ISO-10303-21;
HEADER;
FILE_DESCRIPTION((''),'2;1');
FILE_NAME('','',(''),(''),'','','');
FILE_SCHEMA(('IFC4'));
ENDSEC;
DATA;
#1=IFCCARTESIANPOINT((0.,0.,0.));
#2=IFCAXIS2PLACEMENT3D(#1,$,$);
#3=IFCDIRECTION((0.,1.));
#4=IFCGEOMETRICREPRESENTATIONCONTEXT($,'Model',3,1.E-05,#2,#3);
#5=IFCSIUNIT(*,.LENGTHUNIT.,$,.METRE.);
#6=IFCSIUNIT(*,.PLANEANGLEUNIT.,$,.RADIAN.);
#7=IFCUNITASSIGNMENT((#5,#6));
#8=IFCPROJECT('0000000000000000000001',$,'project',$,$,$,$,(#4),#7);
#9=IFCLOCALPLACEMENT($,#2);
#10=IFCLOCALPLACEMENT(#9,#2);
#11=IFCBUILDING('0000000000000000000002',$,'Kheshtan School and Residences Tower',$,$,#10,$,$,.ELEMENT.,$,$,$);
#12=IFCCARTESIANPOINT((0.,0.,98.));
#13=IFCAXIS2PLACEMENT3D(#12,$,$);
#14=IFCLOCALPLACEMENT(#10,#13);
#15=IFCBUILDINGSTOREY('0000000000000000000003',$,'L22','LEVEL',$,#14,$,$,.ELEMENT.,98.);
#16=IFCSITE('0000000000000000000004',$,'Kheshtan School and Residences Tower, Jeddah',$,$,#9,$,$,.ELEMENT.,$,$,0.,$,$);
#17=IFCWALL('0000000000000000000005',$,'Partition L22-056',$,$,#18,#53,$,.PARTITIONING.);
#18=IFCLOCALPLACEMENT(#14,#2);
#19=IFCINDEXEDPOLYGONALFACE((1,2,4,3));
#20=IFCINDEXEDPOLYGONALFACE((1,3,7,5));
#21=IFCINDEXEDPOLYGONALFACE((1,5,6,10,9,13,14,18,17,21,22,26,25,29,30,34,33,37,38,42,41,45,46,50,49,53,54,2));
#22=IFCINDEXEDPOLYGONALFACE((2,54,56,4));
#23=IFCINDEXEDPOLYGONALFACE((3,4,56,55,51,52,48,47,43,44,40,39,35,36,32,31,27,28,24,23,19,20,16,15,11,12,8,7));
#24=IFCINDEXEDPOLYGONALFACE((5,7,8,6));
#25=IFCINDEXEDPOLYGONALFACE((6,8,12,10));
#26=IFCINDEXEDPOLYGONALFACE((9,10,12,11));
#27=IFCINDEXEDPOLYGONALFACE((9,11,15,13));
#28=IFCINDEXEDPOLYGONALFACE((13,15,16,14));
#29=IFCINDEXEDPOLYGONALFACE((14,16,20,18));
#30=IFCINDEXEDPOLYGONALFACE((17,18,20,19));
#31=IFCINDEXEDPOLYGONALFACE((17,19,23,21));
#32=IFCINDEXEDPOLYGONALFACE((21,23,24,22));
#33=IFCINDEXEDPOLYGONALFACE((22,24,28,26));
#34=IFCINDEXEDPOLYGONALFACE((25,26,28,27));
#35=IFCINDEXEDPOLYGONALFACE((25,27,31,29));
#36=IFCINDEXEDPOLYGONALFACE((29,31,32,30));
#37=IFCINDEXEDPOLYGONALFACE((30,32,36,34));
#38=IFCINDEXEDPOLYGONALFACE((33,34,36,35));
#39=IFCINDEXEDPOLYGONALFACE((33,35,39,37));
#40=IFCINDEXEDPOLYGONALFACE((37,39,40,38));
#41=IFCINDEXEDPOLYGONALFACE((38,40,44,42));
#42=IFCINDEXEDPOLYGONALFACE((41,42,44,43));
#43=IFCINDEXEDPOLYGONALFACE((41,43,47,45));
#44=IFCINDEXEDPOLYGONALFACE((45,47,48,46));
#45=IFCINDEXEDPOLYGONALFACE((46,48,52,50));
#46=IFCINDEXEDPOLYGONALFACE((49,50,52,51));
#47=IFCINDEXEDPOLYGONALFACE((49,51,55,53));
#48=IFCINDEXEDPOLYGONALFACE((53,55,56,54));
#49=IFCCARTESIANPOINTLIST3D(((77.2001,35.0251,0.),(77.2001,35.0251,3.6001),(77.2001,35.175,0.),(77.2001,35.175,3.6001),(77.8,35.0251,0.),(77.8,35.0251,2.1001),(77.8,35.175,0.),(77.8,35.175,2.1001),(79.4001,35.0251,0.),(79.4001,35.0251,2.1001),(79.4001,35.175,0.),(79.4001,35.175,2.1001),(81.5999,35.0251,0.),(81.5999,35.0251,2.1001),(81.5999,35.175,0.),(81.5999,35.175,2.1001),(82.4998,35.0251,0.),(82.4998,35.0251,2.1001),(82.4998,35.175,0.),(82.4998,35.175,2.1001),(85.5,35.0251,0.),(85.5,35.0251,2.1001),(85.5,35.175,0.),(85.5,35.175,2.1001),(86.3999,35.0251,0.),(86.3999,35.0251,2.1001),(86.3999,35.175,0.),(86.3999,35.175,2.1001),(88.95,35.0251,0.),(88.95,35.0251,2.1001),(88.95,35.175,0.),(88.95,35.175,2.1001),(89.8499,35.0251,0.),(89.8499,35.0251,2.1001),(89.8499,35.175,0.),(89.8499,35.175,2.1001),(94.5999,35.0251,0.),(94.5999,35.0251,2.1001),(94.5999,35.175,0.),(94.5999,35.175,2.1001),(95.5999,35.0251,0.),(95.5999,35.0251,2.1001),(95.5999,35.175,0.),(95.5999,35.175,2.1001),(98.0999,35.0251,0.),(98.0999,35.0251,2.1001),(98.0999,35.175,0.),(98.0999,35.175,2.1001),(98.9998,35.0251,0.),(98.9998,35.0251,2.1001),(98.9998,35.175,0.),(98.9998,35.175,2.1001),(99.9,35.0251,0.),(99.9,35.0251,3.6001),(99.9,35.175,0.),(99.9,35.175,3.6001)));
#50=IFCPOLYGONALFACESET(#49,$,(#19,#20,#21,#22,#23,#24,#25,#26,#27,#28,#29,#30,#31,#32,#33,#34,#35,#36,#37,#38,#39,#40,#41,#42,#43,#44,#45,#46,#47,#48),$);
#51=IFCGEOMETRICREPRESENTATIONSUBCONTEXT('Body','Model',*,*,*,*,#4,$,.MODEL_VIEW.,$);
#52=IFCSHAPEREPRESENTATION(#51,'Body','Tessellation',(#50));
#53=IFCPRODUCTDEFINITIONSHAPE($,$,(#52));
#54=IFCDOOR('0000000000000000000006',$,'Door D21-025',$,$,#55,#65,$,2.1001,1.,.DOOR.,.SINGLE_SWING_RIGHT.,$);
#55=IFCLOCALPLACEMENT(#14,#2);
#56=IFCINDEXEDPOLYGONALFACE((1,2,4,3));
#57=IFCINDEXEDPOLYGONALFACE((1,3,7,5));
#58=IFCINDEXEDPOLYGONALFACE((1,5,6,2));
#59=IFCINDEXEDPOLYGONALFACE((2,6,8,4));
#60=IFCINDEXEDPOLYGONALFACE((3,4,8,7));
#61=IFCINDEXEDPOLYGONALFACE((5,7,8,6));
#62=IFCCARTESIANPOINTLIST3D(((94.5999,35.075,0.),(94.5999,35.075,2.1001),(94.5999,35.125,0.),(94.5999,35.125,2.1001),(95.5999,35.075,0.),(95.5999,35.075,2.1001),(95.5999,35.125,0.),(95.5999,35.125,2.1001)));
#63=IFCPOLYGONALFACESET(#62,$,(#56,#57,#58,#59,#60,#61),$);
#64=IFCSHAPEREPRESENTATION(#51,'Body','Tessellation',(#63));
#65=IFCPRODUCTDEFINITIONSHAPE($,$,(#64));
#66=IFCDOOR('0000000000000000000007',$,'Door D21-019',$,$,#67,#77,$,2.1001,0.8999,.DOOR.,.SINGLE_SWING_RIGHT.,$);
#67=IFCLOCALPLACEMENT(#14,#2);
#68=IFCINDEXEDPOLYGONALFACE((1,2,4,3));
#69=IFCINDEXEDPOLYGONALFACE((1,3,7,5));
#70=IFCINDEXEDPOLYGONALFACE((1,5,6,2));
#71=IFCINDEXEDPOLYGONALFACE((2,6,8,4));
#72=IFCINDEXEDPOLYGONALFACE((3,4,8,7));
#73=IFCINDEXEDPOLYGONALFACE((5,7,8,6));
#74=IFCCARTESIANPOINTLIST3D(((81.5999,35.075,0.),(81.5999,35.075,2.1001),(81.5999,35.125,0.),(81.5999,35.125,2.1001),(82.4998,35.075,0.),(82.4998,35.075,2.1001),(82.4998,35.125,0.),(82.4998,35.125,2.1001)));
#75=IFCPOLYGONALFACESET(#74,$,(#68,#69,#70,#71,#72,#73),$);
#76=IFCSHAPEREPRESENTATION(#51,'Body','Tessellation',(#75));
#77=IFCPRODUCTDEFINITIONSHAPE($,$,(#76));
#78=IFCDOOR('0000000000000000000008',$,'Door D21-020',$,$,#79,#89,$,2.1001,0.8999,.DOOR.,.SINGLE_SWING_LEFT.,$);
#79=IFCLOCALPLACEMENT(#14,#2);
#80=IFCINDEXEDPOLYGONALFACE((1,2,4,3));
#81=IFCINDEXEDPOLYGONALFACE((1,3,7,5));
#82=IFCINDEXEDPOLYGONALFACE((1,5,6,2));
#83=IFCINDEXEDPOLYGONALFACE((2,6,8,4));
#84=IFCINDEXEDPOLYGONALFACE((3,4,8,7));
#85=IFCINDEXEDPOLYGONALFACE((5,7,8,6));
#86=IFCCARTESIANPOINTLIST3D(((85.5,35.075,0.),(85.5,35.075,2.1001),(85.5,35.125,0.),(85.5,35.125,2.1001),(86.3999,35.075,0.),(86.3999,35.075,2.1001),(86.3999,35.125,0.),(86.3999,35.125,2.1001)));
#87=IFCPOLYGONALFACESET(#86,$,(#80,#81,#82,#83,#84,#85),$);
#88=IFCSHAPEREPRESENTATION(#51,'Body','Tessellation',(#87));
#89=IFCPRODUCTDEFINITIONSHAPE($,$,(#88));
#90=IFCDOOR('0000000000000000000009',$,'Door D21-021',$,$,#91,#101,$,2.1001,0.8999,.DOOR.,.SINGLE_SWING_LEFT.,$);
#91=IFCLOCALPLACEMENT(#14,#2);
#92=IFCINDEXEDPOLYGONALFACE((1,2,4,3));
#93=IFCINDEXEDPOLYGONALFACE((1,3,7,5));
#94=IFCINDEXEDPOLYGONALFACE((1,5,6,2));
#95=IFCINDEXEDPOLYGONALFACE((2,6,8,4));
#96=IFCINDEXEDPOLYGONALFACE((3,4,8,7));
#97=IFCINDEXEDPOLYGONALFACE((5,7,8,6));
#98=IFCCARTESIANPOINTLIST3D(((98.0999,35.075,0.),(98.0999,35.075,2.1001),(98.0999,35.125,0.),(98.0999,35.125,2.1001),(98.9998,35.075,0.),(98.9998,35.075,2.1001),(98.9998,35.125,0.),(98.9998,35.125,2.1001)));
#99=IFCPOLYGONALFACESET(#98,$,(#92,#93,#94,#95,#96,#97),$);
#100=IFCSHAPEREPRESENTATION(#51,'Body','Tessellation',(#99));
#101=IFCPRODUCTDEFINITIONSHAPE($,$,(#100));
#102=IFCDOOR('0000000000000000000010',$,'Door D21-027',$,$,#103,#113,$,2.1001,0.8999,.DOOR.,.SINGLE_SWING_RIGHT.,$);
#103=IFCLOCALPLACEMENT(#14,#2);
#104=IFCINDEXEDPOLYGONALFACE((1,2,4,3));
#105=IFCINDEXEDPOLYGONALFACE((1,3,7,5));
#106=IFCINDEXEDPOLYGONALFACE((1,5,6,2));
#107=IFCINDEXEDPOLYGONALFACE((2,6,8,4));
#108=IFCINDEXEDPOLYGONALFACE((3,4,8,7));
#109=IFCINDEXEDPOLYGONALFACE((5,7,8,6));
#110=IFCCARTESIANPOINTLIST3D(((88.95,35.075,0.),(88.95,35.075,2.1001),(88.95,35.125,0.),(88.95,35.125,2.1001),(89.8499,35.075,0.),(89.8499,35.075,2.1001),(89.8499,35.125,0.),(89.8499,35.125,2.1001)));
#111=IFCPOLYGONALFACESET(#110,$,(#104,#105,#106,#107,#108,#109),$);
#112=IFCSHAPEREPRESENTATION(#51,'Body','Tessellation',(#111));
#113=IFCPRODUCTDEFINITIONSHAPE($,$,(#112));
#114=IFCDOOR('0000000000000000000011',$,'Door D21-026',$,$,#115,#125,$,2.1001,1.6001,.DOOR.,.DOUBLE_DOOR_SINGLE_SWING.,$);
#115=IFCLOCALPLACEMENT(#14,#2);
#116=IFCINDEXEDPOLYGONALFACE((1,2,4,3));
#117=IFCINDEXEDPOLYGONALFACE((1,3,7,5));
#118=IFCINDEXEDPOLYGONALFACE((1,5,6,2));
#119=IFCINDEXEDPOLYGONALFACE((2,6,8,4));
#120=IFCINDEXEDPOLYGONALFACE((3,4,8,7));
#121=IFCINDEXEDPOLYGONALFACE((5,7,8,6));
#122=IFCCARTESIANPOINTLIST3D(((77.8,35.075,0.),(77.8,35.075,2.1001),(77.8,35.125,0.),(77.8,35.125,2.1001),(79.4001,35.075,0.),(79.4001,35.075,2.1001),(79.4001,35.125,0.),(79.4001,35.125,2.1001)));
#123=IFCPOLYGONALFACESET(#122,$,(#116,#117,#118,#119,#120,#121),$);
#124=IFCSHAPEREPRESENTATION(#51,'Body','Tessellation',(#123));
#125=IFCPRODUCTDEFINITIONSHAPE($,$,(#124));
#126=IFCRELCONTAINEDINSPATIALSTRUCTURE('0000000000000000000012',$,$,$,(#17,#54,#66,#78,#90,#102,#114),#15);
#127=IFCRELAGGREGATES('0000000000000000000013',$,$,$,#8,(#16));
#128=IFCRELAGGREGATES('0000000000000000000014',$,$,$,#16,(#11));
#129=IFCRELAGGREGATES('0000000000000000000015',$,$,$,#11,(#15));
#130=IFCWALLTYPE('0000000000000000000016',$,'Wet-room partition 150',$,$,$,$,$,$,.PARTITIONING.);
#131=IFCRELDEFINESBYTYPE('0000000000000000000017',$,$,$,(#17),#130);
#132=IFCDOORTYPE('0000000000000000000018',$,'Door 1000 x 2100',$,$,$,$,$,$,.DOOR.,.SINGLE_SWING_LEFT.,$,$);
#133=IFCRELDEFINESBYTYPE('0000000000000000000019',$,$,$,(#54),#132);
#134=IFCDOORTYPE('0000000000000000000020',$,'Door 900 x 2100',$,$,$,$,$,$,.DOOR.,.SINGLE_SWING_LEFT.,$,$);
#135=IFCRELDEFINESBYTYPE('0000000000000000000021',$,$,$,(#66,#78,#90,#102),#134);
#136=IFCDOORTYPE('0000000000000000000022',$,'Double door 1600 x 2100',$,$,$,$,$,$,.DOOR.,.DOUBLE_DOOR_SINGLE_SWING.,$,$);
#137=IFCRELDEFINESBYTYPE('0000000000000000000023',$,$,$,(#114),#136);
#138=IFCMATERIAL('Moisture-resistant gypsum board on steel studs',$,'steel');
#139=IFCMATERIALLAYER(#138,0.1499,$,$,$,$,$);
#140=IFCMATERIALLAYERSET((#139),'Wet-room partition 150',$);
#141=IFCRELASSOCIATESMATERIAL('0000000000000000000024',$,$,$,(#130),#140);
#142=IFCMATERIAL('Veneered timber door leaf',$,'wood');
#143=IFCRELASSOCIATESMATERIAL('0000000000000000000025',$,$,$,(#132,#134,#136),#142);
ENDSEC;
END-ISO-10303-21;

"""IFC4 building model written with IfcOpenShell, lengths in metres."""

from ifc_helpers import new_model, si_unit, direction, frame, frame_2d, origin, place, context, subcontext, project, spatial, rectangle, extrude, source, transform, mapped, material, layer, layer_set, type_object, element, fill, save


model = new_model("IFC4")

# Units and contexts
model_context = context("Model", 3, precision=1e-05, world=origin(), true_north=direction((0.0, 1.0)))
body_context = subcontext(model_context, "Body", "Model", "MODEL_VIEW")
ifc_project = project(units=[si_unit("LENGTHUNIT", "METRE"), si_unit("PLANEANGLEUNIT", "RADIAN")], contexts=[model_context])

# Site, building, storey
site_placement = place(None, origin())
site = spatial("IfcSite", under=ifc_project, at=site_placement, Name="Kheshtan School and Residences Tower, Jeddah", CompositionType="ELEMENT", RefElevation=0.0)
building_placement = place(site_placement, origin())
building = spatial("IfcBuilding", under=site, at=building_placement, Name="Kheshtan School and Residences Tower", CompositionType="ELEMENT")
storey_placement = place(building_placement, frame((0.0, 0.0, 98.0)))
storey = spatial("IfcBuildingStorey", under=building, at=storey_placement, Name="L22", Description="LEVEL", CompositionType="ELEMENT", Elevation=98.0)

# Wall, openings, doors
ifc_material_1 = material(Name="Moisture-resistant gypsum board on steel studs", Category="steel")
ifc_layer_1 = layer(ifc_material_1, 0.1499)
ifc_layer_set_1 = layer_set([ifc_layer_1], Name="Wet-room partition 150")
wall_type_1 = type_object("IfcWallType", Name="Wet-room partition 150", PredefinedType="PARTITIONING", material=ifc_layer_set_1)
ifc_material_2 = material(Name="Veneered timber door leaf", Category="wood")
wall_1_placement = place(storey_placement, frame((77.2, 35.1001, 0.0), z_axis=(0.0, 0.0, 1.0), x_axis=(1.0, 0.0, 0.0)))
wall_1 = element("IfcWall", 1, at=wall_1_placement, inside=storey, type_object=wall_type_1, Name="Partition L22-056", PredefinedType="PARTITIONING", context=body_context, shape_type="SweptSolid", body=[
    extrude(rectangle(XDim=22.7, YDim=0.1499, at=frame_2d((11.3501, 0.0))), origin(), (0.0, 0.0, 1.0), 3.6001),
])
opening_1_placement = place(wall_1_placement, frame((4.3999, 0.0, 0.0)))
opening_1 = element("IfcOpeningElement", 2, at=opening_1_placement, cuts=wall_1, PredefinedType="OPENING", context=body_context, shape_type="SweptSolid", body=[
    extrude(rectangle(XDim=0.8999, YDim=2.1001, at=frame_2d((0.45, 1.05))), frame((0.0, 0.085, 0.0), z_axis=(0.0, -1.0, 0.0), x_axis=(1.0, 0.0, 0.0)), (0.0, 0.0, 1.0), 0.1699),
])
opening_2_placement = place(wall_1_placement, frame((8.3, 0.0, 0.0)))
opening_2 = element("IfcOpeningElement", 3, at=opening_2_placement, cuts=wall_1, PredefinedType="OPENING", context=body_context, shape_type="SweptSolid", body=[
    extrude(rectangle(XDim=0.8999, YDim=2.1001, at=frame_2d((0.45, 1.05))), frame((0.0, 0.085, 0.0), z_axis=(0.0, -1.0, 0.0), x_axis=(1.0, 0.0, 0.0)), (0.0, 0.0, 1.0), 0.1699),
])
opening_3_placement = place(wall_1_placement, frame((20.8999, 0.0, 0.0)))
opening_3 = element("IfcOpeningElement", 4, at=opening_3_placement, cuts=wall_1, PredefinedType="OPENING", context=body_context, shape_type="SweptSolid", body=[
    extrude(rectangle(XDim=0.8999, YDim=2.1001, at=frame_2d((0.45, 1.05))), frame((0.0, 0.085, 0.0), z_axis=(0.0, -1.0, 0.0), x_axis=(1.0, 0.0, 0.0)), (0.0, 0.0, 1.0), 0.1699),
])
opening_4_placement = place(wall_1_placement, frame((17.3999, 0.0, 0.0)))
opening_4 = element("IfcOpeningElement", 5, at=opening_4_placement, cuts=wall_1, PredefinedType="OPENING", context=body_context, shape_type="SweptSolid", body=[
    extrude(rectangle(XDim=1.0, YDim=2.1001, at=frame_2d((0.5, 1.05))), frame((0.0, 0.085, 0.0), z_axis=(0.0, -1.0, 0.0), x_axis=(1.0, 0.0, 0.0)), (0.0, 0.0, 1.0), 0.1699),
])
opening_5_placement = place(wall_1_placement, frame((0.6001, 0.0, 0.0)))
opening_5 = element("IfcOpeningElement", 6, at=opening_5_placement, cuts=wall_1, PredefinedType="OPENING", context=body_context, shape_type="SweptSolid", body=[
    extrude(rectangle(XDim=1.6001, YDim=2.1001, at=frame_2d((0.8, 1.05))), frame((0.0, 0.085, 0.0), z_axis=(0.0, -1.0, 0.0), x_axis=(1.0, 0.0, 0.0)), (0.0, 0.0, 1.0), 0.1699),
])
opening_6_placement = place(wall_1_placement, frame((11.75, 0.0, 0.0)))
opening_6 = element("IfcOpeningElement", 7, at=opening_6_placement, cuts=wall_1, PredefinedType="OPENING", context=body_context, shape_type="SweptSolid", body=[
    extrude(rectangle(XDim=0.8999, YDim=2.1001, at=frame_2d((0.45, 1.05))), frame((0.0, 0.085, 0.0), z_axis=(0.0, -1.0, 0.0), x_axis=(1.0, 0.0, 0.0)), (0.0, 0.0, 1.0), 0.1699),
])
door_type_1 = type_object("IfcDoorType", Name="Door 1000 x 2100", OperationType="SINGLE_SWING_LEFT", PredefinedType="DOOR", material=ifc_material_2)
shared_shape_1 = source(origin(), body_context, "Body", "SweptSolid", [
    extrude(rectangle(XDim=1.0, YDim=2.1001, at=frame_2d((0.5, 1.05))), frame((0.0, 0.0249, 0.0), z_axis=(0.0, -1.0, 0.0), x_axis=(1.0, 0.0, 0.0)), (0.0, 0.0, 1.0), 0.05),
])
door_1_placement = place(opening_4_placement, origin())
door_1 = element("IfcDoor", 8, at=door_1_placement, inside=storey, type_object=door_type_1, Name="Door D21-025", OperationType="SINGLE_SWING_RIGHT", OverallHeight=2.1001, OverallWidth=1.0, PredefinedType="DOOR", context=body_context, shape_type="MappedRepresentation", body=[
    mapped(shared_shape_1, transform((0.0, 0.0, 0.0), x_axis=(1.0, 0.0, 0.0), y_axis=(0.0, 1.0, 0.0), z_axis=(0.0, 0.0, 1.0), scale=1.0)),
])
fill(opening_4, door_1)
door_type_2 = type_object("IfcDoorType", Name="Door 900 x 2100", OperationType="SINGLE_SWING_LEFT", PredefinedType="DOOR", material=ifc_material_2)
shared_shape_2 = source(origin(), body_context, "Body", "SweptSolid", [
    extrude(rectangle(XDim=0.8999, YDim=2.1001, at=frame_2d((0.45, 1.05))), frame((0.0, 0.0249, 0.0), z_axis=(0.0, -1.0, 0.0), x_axis=(1.0, 0.0, 0.0)), (0.0, 0.0, 1.0), 0.05),
])
door_2_placement = place(opening_1_placement, origin())
door_2 = element("IfcDoor", 9, at=door_2_placement, inside=storey, type_object=door_type_2, Name="Door D21-019", OperationType="SINGLE_SWING_RIGHT", OverallHeight=2.1001, OverallWidth=0.8999, PredefinedType="DOOR", context=body_context, shape_type="MappedRepresentation", body=[
    mapped(shared_shape_2, transform((0.0, 0.0, 0.0), x_axis=(1.0, 0.0, 0.0), y_axis=(0.0, 1.0, 0.0), z_axis=(0.0, 0.0, 1.0), scale=1.0)),
])
fill(opening_1, door_2)
door_3_placement = place(opening_2_placement, origin())
door_3 = element("IfcDoor", 10, at=door_3_placement, inside=storey, type_object=door_type_2, Name="Door D21-020", OperationType="SINGLE_SWING_LEFT", OverallHeight=2.1001, OverallWidth=0.8999, PredefinedType="DOOR", context=body_context, shape_type="MappedRepresentation", body=[
    mapped(shared_shape_2, transform((0.0, 0.0, 0.0), x_axis=(1.0, 0.0, 0.0), y_axis=(0.0, 1.0, 0.0), z_axis=(0.0, 0.0, 1.0), scale=1.0)),
])
fill(opening_2, door_3)
door_4_placement = place(opening_3_placement, origin())
door_4 = element("IfcDoor", 11, at=door_4_placement, inside=storey, type_object=door_type_2, Name="Door D21-021", OperationType="SINGLE_SWING_LEFT", OverallHeight=2.1001, OverallWidth=0.8999, PredefinedType="DOOR", context=body_context, shape_type="MappedRepresentation", body=[
    mapped(shared_shape_2, transform((0.0, 0.0, 0.0), x_axis=(1.0, 0.0, 0.0), y_axis=(0.0, 1.0, 0.0), z_axis=(0.0, 0.0, 1.0), scale=1.0)),
])
fill(opening_3, door_4)
door_5_placement = place(opening_6_placement, origin())
door_5 = element("IfcDoor", 12, at=door_5_placement, inside=storey, type_object=door_type_2, Name="Door D21-027", OperationType="SINGLE_SWING_RIGHT", OverallHeight=2.1001, OverallWidth=0.8999, PredefinedType="DOOR", context=body_context, shape_type="MappedRepresentation", body=[
    mapped(shared_shape_2, transform((0.0, 0.0, 0.0), x_axis=(1.0, 0.0, 0.0), y_axis=(0.0, 1.0, 0.0), z_axis=(0.0, 0.0, 1.0), scale=1.0)),
])
fill(opening_6, door_5)
door_type_3 = type_object("IfcDoorType", Name="Double door 1600 x 2100", OperationType="DOUBLE_DOOR_SINGLE_SWING", PredefinedType="DOOR", material=ifc_material_2)
shared_shape_3 = source(origin(), body_context, "Body", "SweptSolid", [
    extrude(rectangle(XDim=1.6001, YDim=2.1001, at=frame_2d((0.8, 1.05))), frame((0.0, 0.0249, 0.0), z_axis=(0.0, -1.0, 0.0), x_axis=(1.0, 0.0, 0.0)), (0.0, 0.0, 1.0), 0.05),
])
door_6_placement = place(opening_5_placement, origin())
door_6 = element("IfcDoor", 13, at=door_6_placement, inside=storey, type_object=door_type_3, Name="Door D21-026", OperationType="DOUBLE_DOOR_SINGLE_SWING", OverallHeight=2.1001, OverallWidth=1.6001, PredefinedType="DOOR", context=body_context, shape_type="MappedRepresentation", body=[
    mapped(shared_shape_3, transform((0.0, 0.0, 0.0), x_axis=(1.0, 0.0, 0.0), y_axis=(0.0, 1.0, 0.0), z_axis=(0.0, 0.0, 1.0), scale=1.0)),
])
fill(opening_5, door_6)

save(model, "model.ifc")
